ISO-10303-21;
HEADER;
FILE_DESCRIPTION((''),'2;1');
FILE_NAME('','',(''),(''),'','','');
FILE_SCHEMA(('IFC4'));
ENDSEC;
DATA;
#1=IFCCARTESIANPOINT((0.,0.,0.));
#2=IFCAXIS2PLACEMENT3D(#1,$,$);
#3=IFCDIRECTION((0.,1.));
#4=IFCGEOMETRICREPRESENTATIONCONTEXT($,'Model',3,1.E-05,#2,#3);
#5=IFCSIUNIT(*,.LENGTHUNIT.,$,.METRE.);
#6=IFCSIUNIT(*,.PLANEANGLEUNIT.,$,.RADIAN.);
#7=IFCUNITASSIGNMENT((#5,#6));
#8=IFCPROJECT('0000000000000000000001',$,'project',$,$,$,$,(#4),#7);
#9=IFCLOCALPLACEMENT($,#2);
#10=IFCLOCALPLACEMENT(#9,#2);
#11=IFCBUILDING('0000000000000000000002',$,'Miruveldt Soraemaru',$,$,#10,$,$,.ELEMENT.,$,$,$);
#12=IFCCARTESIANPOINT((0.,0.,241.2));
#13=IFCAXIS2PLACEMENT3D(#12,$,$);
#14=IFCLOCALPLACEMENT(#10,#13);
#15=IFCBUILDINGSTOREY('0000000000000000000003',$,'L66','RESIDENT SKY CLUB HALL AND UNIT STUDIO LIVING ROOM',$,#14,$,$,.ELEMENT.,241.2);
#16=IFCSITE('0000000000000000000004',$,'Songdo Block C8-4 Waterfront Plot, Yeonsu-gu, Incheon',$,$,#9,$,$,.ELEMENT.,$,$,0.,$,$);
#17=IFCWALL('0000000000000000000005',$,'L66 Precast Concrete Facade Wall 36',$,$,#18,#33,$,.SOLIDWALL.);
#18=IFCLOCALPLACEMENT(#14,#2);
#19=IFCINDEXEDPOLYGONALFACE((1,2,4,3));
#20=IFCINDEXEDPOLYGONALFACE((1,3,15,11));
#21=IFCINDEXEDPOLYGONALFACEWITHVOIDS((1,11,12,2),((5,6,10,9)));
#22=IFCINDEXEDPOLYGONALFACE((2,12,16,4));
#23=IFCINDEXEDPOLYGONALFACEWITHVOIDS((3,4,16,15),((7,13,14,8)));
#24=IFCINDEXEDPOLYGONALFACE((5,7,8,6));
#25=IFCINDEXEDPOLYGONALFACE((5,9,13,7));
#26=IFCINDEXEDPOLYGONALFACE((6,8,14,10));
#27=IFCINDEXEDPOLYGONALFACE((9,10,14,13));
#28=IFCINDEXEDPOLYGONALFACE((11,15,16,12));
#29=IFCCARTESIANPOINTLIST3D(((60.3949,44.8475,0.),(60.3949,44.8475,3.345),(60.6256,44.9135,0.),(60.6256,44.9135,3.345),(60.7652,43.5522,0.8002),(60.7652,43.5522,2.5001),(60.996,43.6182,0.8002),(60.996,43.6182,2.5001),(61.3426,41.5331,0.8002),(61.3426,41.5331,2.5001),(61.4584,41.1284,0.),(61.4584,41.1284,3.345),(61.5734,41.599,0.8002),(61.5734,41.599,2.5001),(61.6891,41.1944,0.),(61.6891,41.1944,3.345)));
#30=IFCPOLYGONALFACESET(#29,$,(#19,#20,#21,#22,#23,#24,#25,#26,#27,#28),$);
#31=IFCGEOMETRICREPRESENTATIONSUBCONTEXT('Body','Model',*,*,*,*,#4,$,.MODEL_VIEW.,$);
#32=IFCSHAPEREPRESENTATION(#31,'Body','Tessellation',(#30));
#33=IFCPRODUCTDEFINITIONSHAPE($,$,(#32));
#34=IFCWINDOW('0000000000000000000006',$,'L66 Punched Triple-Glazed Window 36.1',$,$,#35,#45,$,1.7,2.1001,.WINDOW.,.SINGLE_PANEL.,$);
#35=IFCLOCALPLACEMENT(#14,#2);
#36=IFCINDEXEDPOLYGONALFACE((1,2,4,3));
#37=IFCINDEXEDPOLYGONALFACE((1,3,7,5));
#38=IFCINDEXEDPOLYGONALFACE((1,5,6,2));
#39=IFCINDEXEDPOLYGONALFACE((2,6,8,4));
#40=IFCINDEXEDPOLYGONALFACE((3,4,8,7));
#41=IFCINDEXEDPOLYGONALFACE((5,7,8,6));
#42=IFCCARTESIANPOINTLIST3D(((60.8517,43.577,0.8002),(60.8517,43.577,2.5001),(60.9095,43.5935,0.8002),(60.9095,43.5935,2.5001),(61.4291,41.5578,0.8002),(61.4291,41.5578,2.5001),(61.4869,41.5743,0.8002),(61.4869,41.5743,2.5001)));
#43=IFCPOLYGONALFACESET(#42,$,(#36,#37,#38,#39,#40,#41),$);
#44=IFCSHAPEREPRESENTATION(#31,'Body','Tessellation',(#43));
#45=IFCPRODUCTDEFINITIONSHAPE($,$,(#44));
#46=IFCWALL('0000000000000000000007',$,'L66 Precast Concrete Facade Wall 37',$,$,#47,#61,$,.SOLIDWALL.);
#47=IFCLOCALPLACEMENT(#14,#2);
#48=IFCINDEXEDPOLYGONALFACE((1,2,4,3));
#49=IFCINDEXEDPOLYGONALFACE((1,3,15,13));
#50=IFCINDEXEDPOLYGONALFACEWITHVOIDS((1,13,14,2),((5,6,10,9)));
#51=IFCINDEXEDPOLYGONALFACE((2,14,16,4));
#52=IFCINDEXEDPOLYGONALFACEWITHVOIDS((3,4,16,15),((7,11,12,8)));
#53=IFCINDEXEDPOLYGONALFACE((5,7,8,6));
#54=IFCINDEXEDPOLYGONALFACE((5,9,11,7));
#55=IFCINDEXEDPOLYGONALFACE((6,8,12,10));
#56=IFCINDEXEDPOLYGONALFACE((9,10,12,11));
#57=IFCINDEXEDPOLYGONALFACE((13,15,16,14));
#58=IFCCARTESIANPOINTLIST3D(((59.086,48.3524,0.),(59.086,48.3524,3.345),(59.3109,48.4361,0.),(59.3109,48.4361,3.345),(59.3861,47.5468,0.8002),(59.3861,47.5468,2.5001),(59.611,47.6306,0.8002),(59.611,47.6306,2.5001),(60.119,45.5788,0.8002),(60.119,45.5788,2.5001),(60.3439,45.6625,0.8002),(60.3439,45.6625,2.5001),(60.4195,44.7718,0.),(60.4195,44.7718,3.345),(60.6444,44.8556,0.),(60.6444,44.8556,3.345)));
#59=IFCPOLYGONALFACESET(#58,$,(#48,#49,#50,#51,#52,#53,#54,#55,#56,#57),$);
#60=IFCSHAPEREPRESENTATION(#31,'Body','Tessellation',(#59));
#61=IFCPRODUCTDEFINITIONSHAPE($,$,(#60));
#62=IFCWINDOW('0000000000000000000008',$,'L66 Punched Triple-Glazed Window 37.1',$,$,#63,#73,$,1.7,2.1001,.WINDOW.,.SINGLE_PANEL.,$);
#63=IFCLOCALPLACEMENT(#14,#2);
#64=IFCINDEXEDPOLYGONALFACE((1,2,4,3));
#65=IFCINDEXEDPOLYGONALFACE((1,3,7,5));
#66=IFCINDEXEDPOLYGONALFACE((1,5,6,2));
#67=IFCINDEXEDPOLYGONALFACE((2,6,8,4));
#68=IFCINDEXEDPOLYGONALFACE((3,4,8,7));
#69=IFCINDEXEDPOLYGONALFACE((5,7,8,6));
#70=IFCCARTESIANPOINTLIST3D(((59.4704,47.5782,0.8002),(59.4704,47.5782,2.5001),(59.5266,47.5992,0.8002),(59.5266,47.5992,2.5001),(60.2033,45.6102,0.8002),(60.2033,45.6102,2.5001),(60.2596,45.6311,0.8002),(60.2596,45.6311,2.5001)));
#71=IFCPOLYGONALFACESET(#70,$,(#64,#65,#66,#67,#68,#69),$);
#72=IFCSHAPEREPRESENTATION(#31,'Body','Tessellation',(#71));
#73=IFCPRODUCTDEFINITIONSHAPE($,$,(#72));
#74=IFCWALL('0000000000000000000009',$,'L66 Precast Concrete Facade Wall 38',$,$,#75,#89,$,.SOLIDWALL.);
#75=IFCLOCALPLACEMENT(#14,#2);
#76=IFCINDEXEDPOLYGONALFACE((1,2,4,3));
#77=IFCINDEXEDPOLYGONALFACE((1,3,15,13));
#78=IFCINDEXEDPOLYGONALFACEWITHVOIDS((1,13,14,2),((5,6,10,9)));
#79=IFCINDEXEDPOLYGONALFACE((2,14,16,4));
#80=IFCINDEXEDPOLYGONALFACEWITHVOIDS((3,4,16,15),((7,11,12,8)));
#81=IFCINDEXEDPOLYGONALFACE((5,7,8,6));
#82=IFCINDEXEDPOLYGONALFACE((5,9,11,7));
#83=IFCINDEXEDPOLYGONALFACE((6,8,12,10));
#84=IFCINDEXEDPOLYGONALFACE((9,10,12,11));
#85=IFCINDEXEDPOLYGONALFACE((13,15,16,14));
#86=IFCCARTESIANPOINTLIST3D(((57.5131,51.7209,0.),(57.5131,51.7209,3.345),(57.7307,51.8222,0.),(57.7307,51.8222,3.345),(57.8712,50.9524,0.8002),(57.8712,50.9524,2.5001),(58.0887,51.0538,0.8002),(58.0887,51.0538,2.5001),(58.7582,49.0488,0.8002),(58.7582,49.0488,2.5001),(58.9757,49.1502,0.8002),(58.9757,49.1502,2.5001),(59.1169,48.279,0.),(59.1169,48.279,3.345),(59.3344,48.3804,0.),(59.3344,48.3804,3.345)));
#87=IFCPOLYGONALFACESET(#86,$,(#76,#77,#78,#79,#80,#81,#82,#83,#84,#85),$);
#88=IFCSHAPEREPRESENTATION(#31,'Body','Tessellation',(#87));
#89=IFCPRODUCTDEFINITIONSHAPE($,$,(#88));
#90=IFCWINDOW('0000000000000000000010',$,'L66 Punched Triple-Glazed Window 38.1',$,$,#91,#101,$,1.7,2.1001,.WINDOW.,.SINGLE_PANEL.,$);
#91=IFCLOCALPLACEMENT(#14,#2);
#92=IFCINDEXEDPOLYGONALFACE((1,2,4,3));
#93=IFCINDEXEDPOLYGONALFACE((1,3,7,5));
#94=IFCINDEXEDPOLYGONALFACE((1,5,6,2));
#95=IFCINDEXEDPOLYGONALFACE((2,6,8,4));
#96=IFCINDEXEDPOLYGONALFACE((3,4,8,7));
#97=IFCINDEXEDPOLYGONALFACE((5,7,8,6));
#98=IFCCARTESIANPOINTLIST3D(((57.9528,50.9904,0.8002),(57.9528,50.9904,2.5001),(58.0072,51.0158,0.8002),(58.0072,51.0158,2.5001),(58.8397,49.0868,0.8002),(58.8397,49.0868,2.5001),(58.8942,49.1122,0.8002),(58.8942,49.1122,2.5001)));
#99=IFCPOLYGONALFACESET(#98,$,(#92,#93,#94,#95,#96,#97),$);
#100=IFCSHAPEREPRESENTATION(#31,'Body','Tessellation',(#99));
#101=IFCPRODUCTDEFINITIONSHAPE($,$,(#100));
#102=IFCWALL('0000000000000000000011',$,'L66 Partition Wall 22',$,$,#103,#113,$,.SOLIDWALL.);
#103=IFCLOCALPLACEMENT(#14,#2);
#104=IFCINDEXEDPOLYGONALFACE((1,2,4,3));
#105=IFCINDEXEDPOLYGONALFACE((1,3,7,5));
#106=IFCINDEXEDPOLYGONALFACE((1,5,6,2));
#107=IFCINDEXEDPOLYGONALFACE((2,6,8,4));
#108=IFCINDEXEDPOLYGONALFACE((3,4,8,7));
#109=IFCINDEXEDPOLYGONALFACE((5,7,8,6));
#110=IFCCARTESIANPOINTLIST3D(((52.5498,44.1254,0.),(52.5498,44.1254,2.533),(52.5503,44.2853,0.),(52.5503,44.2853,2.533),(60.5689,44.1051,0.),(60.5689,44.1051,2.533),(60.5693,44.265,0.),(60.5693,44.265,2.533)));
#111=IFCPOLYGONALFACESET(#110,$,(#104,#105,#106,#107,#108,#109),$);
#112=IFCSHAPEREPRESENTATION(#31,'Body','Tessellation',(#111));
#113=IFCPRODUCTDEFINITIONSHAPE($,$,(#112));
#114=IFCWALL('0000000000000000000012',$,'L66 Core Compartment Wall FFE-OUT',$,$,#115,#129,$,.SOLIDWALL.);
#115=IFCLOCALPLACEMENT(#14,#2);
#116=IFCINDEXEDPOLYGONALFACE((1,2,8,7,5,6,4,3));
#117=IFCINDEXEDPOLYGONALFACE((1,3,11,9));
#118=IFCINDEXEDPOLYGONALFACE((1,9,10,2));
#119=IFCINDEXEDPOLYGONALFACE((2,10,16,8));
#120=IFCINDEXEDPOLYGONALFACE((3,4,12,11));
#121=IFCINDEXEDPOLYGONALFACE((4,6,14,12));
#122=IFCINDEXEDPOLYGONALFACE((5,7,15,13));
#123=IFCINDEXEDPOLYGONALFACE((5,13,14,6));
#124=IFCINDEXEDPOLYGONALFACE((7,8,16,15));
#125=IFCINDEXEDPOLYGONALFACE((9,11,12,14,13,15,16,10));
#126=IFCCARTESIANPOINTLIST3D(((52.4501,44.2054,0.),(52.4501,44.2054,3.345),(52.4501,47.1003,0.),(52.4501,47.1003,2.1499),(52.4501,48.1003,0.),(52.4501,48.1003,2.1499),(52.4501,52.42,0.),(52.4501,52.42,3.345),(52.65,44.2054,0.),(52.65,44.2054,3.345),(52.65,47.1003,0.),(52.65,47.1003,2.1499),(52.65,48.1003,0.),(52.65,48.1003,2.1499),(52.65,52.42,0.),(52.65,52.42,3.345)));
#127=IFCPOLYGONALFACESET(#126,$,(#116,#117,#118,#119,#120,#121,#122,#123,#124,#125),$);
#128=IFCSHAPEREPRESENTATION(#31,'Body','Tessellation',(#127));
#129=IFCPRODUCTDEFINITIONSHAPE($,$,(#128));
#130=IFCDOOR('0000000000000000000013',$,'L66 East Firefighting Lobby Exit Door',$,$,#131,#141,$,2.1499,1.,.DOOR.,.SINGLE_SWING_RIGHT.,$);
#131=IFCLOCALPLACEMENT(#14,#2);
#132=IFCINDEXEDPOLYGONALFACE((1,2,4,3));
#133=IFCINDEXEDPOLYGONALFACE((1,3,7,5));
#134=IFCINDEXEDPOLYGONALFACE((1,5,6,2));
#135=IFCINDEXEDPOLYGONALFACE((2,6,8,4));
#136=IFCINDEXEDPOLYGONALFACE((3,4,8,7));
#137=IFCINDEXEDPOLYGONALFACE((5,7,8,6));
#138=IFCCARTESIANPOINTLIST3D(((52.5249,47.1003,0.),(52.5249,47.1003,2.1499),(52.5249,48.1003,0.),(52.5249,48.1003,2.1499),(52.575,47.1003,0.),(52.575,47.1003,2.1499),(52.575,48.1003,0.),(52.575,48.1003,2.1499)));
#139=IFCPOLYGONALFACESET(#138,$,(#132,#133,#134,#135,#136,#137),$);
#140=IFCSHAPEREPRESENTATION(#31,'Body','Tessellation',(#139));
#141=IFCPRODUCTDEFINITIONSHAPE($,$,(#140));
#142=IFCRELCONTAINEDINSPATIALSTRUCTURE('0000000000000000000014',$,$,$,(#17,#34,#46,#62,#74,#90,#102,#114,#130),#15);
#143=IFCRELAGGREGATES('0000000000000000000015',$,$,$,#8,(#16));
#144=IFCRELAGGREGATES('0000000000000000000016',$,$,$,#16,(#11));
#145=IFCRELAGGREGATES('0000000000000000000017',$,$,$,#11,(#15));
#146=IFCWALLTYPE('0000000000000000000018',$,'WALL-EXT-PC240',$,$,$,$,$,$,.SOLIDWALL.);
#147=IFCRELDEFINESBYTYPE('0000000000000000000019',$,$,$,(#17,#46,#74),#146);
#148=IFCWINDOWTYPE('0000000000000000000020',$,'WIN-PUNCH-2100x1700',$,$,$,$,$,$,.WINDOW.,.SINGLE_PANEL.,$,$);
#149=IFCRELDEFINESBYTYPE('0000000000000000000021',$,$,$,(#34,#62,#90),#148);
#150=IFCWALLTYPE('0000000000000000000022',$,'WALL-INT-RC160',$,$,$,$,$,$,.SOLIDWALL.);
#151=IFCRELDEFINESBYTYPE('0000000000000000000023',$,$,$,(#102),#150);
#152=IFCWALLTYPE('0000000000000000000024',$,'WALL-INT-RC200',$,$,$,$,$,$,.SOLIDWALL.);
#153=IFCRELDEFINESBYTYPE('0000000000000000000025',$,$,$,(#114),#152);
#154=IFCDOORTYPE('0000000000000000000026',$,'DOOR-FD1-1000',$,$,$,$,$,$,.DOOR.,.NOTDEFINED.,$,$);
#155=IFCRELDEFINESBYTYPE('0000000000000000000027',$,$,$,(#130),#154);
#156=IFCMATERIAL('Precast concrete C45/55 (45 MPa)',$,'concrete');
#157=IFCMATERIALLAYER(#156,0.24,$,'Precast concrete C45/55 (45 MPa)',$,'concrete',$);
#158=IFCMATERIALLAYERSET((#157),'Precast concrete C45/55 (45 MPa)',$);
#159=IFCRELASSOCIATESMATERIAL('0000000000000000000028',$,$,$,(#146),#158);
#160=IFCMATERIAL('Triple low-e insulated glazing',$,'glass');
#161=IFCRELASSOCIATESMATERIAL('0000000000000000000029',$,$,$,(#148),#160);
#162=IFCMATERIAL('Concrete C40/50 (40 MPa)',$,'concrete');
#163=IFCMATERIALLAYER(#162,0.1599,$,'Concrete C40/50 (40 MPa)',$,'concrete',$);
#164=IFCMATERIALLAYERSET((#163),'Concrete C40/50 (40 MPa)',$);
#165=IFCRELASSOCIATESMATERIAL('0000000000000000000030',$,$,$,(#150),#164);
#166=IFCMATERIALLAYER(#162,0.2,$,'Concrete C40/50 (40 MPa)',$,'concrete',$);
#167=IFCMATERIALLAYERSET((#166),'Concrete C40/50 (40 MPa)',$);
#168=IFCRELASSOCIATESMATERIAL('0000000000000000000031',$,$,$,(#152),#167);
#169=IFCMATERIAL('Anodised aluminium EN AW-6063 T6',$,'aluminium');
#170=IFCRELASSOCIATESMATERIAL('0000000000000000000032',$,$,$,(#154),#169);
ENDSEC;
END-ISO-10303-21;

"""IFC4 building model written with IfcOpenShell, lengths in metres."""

from ifc_helpers import new_model, si_unit, direction, frame, frame_2d, origin, place, context, subcontext, project, spatial, rectangle, extrude, material, layer, layer_set, type_object, element, fill, save


model = new_model("IFC4")

# Units and contexts
model_context = context("Model", 3, precision=1e-05, world=origin(), true_north=direction((0.0, 1.0)))
body_context = subcontext(model_context, "Body", "Model", "MODEL_VIEW")
ifc_project = project(units=[si_unit("LENGTHUNIT", "METRE"), si_unit("PLANEANGLEUNIT", "RADIAN")], contexts=[model_context])

# Site, building, storey
site_placement = place(None, origin())
site = spatial("IfcSite", under=ifc_project, at=site_placement, Name="Songdo Block C8-4 Waterfront Plot, Yeonsu-gu, Incheon", CompositionType="ELEMENT", RefElevation=0.0)
building_placement = place(site_placement, origin())
building = spatial("IfcBuilding", under=site, at=building_placement, Name="Miruveldt Soraemaru", CompositionType="ELEMENT")
storey_placement = place(building_placement, frame((0.0, 0.0, 241.2)))
storey = spatial("IfcBuildingStorey", under=building, at=storey_placement, Name="L66", Description="RESIDENT SKY CLUB HALL AND UNIT STUDIO LIVING ROOM", CompositionType="ELEMENT", Elevation=241.2)

# Walls, openings, windows
ifc_material_1 = material(Name="Precast concrete C45/55 (45 MPa)", Category="concrete")
ifc_layer_1 = layer(ifc_material_1, 0.24, Name="Precast concrete C45/55 (45 MPa)", Category="concrete")
ifc_layer_set_1 = layer_set([ifc_layer_1], Name="Precast concrete C45/55 (45 MPa)")
wall_type_1 = type_object("IfcWallType", Name="WALL-EXT-PC240", PredefinedType="SOLIDWALL", material=ifc_layer_set_1)
wall_1_placement = place(storey_placement, frame((61.5737, 41.1614, 0.0), z_axis=(0.0, 0.0, 1.0), x_axis=(-0.274938, 0.961462, 0.0)))
wall_1 = element("IfcWall", 1, at=wall_1_placement, inside=storey, type_object=wall_type_1, Name="L66 Precast Concrete Facade Wall 36", PredefinedType="SOLIDWALL", context=body_context, shape_type="SweptSolid", body=[
    extrude(rectangle(XDim=3.8682, YDim=0.24, at=frame_2d((1.9341, 0.0))), origin(), (0.0, 0.0, 1.0), 3.345),
])
opening_1_placement = place(wall_1_placement, frame((0.4209, 0.0, 0.8)))
opening_1 = element("IfcOpeningElement", 2, at=opening_1_placement, cuts=wall_1, PredefinedType="OPENING", context=body_context, shape_type="SweptSolid", body=[
    extrude(rectangle(XDim=2.1001, YDim=1.7, at=frame_2d((1.05, 0.8501))), frame((0.0, 0.1299, 0.0), z_axis=(0.0, -1.0, 0.0), x_axis=(1.0, 0.0, 0.0)), (0.0, 0.0, 1.0), 0.26),
])
ifc_material_2 = material(Name="Triple low-e insulated glazing", Category="glass")
window_type = type_object("IfcWindowType", Name="WIN-PUNCH-2100x1700", PartitioningType="SINGLE_PANEL", PredefinedType="WINDOW", material=ifc_material_2)
window_1_placement = place(opening_1_placement, origin())
window_1 = element("IfcWindow", 3, at=window_1_placement, inside=storey, type_object=window_type, Name="L66 Punched Triple-Glazed Window 36.1", OverallHeight=1.7, OverallWidth=2.1001, PartitioningType="SINGLE_PANEL", PredefinedType="WINDOW", context=body_context, shape_type="SweptSolid", body=[
    extrude(rectangle(XDim=2.1001, YDim=1.7, at=frame_2d((1.05, 0.8501))), frame((0.0, 0.03, 0.0), z_axis=(0.0, -1.0, 0.0), x_axis=(1.0, 0.0, 0.0)), (0.0, 0.0, 1.0), 0.0601),
])
fill(opening_1, window_1)
wall_2_placement = place(storey_placement, frame((60.532, 44.8137, 0.0), z_axis=(0.0, 0.0, 1.0), x_axis=(-0.349008, 0.93712, 0.0)))
wall_2 = element("IfcWall", 4, at=wall_2_placement, inside=storey, type_object=wall_type_1, Name="L66 Precast Concrete Facade Wall 37", PredefinedType="SOLIDWALL", context=body_context, shape_type="SweptSolid", body=[
    extrude(rectangle(XDim=3.8208, YDim=0.24, at=frame_2d((1.9104, 0.0))), origin(), (0.0, 0.0, 1.0), 3.345),
])
opening_2_placement = place(wall_2_placement, frame((0.8611, 0.0, 0.8)))
opening_2 = element("IfcOpeningElement", 5, at=opening_2_placement, cuts=wall_2, PredefinedType="OPENING", context=body_context, shape_type="SweptSolid", body=[
    extrude(rectangle(XDim=2.1001, YDim=1.7, at=frame_2d((1.05, 0.8501))), frame((0.0, 0.1299, 0.0), z_axis=(0.0, -1.0, 0.0), x_axis=(1.0, 0.0, 0.0)), (0.0, 0.0, 1.0), 0.26),
])
window_2_placement = place(opening_2_placement, origin())
window_2 = element("IfcWindow", 6, at=window_2_placement, inside=storey, type_object=window_type, Name="L66 Punched Triple-Glazed Window 37.1", OverallHeight=1.7, OverallWidth=2.1001, PartitioningType="SINGLE_PANEL", PredefinedType="WINDOW", context=body_context, shape_type="SweptSolid", body=[
    extrude(rectangle(XDim=2.1001, YDim=1.7, at=frame_2d((1.05, 0.8501))), frame((0.0, 0.03, 0.0), z_axis=(0.0, -1.0, 0.0), x_axis=(1.0, 0.0, 0.0)), (0.0, 0.0, 1.0), 0.0601),
])
fill(opening_2, window_2)
wall_3_placement = place(storey_placement, frame((59.2256, 48.3298, 0.0), z_axis=(0.0, 0.0, 1.0), x_axis=(-0.422354, 0.906431, 0.0)))
wall_3 = element("IfcWall", 7, at=wall_3_placement, inside=storey, type_object=wall_type_1, Name="L66 Precast Concrete Facade Wall 38", PredefinedType="SOLIDWALL", context=body_context, shape_type="SweptSolid", body=[
    extrude(rectangle(XDim=3.7971, YDim=0.24, at=frame_2d((1.8984, 0.0))), origin(), (0.0, 0.0, 1.0), 3.345),
])
opening_3_placement = place(wall_3_placement, frame((0.8491, 0.0, 0.8)))
opening_3 = element("IfcOpeningElement", 8, at=opening_3_placement, cuts=wall_3, PredefinedType="OPENING", context=body_context, shape_type="SweptSolid", body=[
    extrude(rectangle(XDim=2.1001, YDim=1.7, at=frame_2d((1.05, 0.8501))), frame((0.0, 0.1299, 0.0), z_axis=(0.0, -1.0, 0.0), x_axis=(1.0, 0.0, 0.0)), (0.0, 0.0, 1.0), 0.26),
])
window_3_placement = place(opening_3_placement, origin())
window_3 = element("IfcWindow", 9, at=window_3_placement, inside=storey, type_object=window_type, Name="L66 Punched Triple-Glazed Window 38.1", OverallHeight=1.7, OverallWidth=2.1001, PartitioningType="SINGLE_PANEL", PredefinedType="WINDOW", context=body_context, shape_type="SweptSolid", body=[
    extrude(rectangle(XDim=2.1001, YDim=1.7, at=frame_2d((1.05, 0.8501))), frame((0.0, 0.03, 0.0), z_axis=(0.0, -1.0, 0.0), x_axis=(1.0, 0.0, 0.0)), (0.0, 0.0, 1.0), 0.0601),
])
fill(opening_3, window_3)

# Wall
ifc_material_3 = material(Name="Concrete C40/50 (40 MPa)", Category="concrete")
ifc_layer_2 = layer(ifc_material_3, 0.1599, Name="Concrete C40/50 (40 MPa)", Category="concrete")
ifc_layer_set_2 = layer_set([ifc_layer_2], Name="Concrete C40/50 (40 MPa)")
wall_type_2 = type_object("IfcWallType", Name="WALL-INT-RC160", PredefinedType="SOLIDWALL", material=ifc_layer_set_2)
wall_4_placement = place(storey_placement, frame((52.55, 44.2053, 0.0), z_axis=(0.0, 0.0, 1.0), x_axis=(0.999997, -0.002527, 0.0)))
element("IfcWall", 10, at=wall_4_placement, inside=storey, type_object=wall_type_2, Name="L66 Partition Wall 22", PredefinedType="SOLIDWALL", context=body_context, shape_type="SweptSolid", body=[
    extrude(rectangle(XDim=8.019, YDim=0.1599, at=frame_2d((4.0095, 0.0))), origin(), (0.0, 0.0, 1.0), 2.533),
])

# Wall, opening, door
ifc_layer_3 = layer(ifc_material_3, 0.2, Name="Concrete C40/50 (40 MPa)", Category="concrete")
ifc_layer_set_3 = layer_set([ifc_layer_3], Name="Concrete C40/50 (40 MPa)")
wall_type_3 = type_object("IfcWallType", Name="WALL-INT-RC200", PredefinedType="SOLIDWALL", material=ifc_layer_set_3)
wall_5_placement = place(storey_placement, frame((52.55, 44.2053, 0.0), z_axis=(0.0, 0.0, 1.0), x_axis=(0.0, 1.0, 0.0)))
wall_5 = element("IfcWall", 11, at=wall_5_placement, inside=storey, type_object=wall_type_3, Name="L66 Core Compartment Wall FFE-OUT", PredefinedType="SOLIDWALL", context=body_context, shape_type="SweptSolid", body=[
    extrude(rectangle(XDim=8.2146, YDim=0.2, at=frame_2d((4.1074, 0.0))), origin(), (0.0, 0.0, 1.0), 3.345),
])
opening_4_placement = place(wall_5_placement, frame((2.895, 0.0, 0.0)))
opening_4 = element("IfcOpeningElement", 12, at=opening_4_placement, cuts=wall_5, PredefinedType="OPENING", context=body_context, shape_type="SweptSolid", body=[
    extrude(rectangle(XDim=1.0, YDim=2.1499, at=frame_2d((0.5, 1.075))), frame((0.0, 0.1099, 0.0), z_axis=(0.0, -1.0, 0.0), x_axis=(1.0, 0.0, 0.0)), (0.0, 0.0, 1.0), 0.22),
])
ifc_material_4 = material(Name="Anodised aluminium EN AW-6063 T6", Category="aluminium")
door_type = type_object("IfcDoorType", Name="DOOR-FD1-1000", OperationType="NOTDEFINED", PredefinedType="DOOR", material=ifc_material_4)
door_1_placement = place(opening_4_placement, frame((1.0, 0.0, 0.0), z_axis=(0.0, 0.0, 1.0), x_axis=(-1.0, 0.0, 0.0)))
door_1 = element("IfcDoor", 13, at=door_1_placement, inside=storey, type_object=door_type, Name="L66 East Firefighting Lobby Exit Door", OperationType="SINGLE_SWING_RIGHT", OverallHeight=2.1499, OverallWidth=1.0, PredefinedType="DOOR", context=body_context, shape_type="SweptSolid", body=[
    extrude(rectangle(XDim=1.0, YDim=2.1499, at=frame_2d((0.5, 1.075))), frame((0.0, 0.0249, 0.0), z_axis=(0.0, -1.0, 0.0), x_axis=(1.0, 0.0, 0.0)), (0.0, 0.0, 1.0), 0.05),
])
fill(opening_4, door_1)

save(model, "model.ifc")
